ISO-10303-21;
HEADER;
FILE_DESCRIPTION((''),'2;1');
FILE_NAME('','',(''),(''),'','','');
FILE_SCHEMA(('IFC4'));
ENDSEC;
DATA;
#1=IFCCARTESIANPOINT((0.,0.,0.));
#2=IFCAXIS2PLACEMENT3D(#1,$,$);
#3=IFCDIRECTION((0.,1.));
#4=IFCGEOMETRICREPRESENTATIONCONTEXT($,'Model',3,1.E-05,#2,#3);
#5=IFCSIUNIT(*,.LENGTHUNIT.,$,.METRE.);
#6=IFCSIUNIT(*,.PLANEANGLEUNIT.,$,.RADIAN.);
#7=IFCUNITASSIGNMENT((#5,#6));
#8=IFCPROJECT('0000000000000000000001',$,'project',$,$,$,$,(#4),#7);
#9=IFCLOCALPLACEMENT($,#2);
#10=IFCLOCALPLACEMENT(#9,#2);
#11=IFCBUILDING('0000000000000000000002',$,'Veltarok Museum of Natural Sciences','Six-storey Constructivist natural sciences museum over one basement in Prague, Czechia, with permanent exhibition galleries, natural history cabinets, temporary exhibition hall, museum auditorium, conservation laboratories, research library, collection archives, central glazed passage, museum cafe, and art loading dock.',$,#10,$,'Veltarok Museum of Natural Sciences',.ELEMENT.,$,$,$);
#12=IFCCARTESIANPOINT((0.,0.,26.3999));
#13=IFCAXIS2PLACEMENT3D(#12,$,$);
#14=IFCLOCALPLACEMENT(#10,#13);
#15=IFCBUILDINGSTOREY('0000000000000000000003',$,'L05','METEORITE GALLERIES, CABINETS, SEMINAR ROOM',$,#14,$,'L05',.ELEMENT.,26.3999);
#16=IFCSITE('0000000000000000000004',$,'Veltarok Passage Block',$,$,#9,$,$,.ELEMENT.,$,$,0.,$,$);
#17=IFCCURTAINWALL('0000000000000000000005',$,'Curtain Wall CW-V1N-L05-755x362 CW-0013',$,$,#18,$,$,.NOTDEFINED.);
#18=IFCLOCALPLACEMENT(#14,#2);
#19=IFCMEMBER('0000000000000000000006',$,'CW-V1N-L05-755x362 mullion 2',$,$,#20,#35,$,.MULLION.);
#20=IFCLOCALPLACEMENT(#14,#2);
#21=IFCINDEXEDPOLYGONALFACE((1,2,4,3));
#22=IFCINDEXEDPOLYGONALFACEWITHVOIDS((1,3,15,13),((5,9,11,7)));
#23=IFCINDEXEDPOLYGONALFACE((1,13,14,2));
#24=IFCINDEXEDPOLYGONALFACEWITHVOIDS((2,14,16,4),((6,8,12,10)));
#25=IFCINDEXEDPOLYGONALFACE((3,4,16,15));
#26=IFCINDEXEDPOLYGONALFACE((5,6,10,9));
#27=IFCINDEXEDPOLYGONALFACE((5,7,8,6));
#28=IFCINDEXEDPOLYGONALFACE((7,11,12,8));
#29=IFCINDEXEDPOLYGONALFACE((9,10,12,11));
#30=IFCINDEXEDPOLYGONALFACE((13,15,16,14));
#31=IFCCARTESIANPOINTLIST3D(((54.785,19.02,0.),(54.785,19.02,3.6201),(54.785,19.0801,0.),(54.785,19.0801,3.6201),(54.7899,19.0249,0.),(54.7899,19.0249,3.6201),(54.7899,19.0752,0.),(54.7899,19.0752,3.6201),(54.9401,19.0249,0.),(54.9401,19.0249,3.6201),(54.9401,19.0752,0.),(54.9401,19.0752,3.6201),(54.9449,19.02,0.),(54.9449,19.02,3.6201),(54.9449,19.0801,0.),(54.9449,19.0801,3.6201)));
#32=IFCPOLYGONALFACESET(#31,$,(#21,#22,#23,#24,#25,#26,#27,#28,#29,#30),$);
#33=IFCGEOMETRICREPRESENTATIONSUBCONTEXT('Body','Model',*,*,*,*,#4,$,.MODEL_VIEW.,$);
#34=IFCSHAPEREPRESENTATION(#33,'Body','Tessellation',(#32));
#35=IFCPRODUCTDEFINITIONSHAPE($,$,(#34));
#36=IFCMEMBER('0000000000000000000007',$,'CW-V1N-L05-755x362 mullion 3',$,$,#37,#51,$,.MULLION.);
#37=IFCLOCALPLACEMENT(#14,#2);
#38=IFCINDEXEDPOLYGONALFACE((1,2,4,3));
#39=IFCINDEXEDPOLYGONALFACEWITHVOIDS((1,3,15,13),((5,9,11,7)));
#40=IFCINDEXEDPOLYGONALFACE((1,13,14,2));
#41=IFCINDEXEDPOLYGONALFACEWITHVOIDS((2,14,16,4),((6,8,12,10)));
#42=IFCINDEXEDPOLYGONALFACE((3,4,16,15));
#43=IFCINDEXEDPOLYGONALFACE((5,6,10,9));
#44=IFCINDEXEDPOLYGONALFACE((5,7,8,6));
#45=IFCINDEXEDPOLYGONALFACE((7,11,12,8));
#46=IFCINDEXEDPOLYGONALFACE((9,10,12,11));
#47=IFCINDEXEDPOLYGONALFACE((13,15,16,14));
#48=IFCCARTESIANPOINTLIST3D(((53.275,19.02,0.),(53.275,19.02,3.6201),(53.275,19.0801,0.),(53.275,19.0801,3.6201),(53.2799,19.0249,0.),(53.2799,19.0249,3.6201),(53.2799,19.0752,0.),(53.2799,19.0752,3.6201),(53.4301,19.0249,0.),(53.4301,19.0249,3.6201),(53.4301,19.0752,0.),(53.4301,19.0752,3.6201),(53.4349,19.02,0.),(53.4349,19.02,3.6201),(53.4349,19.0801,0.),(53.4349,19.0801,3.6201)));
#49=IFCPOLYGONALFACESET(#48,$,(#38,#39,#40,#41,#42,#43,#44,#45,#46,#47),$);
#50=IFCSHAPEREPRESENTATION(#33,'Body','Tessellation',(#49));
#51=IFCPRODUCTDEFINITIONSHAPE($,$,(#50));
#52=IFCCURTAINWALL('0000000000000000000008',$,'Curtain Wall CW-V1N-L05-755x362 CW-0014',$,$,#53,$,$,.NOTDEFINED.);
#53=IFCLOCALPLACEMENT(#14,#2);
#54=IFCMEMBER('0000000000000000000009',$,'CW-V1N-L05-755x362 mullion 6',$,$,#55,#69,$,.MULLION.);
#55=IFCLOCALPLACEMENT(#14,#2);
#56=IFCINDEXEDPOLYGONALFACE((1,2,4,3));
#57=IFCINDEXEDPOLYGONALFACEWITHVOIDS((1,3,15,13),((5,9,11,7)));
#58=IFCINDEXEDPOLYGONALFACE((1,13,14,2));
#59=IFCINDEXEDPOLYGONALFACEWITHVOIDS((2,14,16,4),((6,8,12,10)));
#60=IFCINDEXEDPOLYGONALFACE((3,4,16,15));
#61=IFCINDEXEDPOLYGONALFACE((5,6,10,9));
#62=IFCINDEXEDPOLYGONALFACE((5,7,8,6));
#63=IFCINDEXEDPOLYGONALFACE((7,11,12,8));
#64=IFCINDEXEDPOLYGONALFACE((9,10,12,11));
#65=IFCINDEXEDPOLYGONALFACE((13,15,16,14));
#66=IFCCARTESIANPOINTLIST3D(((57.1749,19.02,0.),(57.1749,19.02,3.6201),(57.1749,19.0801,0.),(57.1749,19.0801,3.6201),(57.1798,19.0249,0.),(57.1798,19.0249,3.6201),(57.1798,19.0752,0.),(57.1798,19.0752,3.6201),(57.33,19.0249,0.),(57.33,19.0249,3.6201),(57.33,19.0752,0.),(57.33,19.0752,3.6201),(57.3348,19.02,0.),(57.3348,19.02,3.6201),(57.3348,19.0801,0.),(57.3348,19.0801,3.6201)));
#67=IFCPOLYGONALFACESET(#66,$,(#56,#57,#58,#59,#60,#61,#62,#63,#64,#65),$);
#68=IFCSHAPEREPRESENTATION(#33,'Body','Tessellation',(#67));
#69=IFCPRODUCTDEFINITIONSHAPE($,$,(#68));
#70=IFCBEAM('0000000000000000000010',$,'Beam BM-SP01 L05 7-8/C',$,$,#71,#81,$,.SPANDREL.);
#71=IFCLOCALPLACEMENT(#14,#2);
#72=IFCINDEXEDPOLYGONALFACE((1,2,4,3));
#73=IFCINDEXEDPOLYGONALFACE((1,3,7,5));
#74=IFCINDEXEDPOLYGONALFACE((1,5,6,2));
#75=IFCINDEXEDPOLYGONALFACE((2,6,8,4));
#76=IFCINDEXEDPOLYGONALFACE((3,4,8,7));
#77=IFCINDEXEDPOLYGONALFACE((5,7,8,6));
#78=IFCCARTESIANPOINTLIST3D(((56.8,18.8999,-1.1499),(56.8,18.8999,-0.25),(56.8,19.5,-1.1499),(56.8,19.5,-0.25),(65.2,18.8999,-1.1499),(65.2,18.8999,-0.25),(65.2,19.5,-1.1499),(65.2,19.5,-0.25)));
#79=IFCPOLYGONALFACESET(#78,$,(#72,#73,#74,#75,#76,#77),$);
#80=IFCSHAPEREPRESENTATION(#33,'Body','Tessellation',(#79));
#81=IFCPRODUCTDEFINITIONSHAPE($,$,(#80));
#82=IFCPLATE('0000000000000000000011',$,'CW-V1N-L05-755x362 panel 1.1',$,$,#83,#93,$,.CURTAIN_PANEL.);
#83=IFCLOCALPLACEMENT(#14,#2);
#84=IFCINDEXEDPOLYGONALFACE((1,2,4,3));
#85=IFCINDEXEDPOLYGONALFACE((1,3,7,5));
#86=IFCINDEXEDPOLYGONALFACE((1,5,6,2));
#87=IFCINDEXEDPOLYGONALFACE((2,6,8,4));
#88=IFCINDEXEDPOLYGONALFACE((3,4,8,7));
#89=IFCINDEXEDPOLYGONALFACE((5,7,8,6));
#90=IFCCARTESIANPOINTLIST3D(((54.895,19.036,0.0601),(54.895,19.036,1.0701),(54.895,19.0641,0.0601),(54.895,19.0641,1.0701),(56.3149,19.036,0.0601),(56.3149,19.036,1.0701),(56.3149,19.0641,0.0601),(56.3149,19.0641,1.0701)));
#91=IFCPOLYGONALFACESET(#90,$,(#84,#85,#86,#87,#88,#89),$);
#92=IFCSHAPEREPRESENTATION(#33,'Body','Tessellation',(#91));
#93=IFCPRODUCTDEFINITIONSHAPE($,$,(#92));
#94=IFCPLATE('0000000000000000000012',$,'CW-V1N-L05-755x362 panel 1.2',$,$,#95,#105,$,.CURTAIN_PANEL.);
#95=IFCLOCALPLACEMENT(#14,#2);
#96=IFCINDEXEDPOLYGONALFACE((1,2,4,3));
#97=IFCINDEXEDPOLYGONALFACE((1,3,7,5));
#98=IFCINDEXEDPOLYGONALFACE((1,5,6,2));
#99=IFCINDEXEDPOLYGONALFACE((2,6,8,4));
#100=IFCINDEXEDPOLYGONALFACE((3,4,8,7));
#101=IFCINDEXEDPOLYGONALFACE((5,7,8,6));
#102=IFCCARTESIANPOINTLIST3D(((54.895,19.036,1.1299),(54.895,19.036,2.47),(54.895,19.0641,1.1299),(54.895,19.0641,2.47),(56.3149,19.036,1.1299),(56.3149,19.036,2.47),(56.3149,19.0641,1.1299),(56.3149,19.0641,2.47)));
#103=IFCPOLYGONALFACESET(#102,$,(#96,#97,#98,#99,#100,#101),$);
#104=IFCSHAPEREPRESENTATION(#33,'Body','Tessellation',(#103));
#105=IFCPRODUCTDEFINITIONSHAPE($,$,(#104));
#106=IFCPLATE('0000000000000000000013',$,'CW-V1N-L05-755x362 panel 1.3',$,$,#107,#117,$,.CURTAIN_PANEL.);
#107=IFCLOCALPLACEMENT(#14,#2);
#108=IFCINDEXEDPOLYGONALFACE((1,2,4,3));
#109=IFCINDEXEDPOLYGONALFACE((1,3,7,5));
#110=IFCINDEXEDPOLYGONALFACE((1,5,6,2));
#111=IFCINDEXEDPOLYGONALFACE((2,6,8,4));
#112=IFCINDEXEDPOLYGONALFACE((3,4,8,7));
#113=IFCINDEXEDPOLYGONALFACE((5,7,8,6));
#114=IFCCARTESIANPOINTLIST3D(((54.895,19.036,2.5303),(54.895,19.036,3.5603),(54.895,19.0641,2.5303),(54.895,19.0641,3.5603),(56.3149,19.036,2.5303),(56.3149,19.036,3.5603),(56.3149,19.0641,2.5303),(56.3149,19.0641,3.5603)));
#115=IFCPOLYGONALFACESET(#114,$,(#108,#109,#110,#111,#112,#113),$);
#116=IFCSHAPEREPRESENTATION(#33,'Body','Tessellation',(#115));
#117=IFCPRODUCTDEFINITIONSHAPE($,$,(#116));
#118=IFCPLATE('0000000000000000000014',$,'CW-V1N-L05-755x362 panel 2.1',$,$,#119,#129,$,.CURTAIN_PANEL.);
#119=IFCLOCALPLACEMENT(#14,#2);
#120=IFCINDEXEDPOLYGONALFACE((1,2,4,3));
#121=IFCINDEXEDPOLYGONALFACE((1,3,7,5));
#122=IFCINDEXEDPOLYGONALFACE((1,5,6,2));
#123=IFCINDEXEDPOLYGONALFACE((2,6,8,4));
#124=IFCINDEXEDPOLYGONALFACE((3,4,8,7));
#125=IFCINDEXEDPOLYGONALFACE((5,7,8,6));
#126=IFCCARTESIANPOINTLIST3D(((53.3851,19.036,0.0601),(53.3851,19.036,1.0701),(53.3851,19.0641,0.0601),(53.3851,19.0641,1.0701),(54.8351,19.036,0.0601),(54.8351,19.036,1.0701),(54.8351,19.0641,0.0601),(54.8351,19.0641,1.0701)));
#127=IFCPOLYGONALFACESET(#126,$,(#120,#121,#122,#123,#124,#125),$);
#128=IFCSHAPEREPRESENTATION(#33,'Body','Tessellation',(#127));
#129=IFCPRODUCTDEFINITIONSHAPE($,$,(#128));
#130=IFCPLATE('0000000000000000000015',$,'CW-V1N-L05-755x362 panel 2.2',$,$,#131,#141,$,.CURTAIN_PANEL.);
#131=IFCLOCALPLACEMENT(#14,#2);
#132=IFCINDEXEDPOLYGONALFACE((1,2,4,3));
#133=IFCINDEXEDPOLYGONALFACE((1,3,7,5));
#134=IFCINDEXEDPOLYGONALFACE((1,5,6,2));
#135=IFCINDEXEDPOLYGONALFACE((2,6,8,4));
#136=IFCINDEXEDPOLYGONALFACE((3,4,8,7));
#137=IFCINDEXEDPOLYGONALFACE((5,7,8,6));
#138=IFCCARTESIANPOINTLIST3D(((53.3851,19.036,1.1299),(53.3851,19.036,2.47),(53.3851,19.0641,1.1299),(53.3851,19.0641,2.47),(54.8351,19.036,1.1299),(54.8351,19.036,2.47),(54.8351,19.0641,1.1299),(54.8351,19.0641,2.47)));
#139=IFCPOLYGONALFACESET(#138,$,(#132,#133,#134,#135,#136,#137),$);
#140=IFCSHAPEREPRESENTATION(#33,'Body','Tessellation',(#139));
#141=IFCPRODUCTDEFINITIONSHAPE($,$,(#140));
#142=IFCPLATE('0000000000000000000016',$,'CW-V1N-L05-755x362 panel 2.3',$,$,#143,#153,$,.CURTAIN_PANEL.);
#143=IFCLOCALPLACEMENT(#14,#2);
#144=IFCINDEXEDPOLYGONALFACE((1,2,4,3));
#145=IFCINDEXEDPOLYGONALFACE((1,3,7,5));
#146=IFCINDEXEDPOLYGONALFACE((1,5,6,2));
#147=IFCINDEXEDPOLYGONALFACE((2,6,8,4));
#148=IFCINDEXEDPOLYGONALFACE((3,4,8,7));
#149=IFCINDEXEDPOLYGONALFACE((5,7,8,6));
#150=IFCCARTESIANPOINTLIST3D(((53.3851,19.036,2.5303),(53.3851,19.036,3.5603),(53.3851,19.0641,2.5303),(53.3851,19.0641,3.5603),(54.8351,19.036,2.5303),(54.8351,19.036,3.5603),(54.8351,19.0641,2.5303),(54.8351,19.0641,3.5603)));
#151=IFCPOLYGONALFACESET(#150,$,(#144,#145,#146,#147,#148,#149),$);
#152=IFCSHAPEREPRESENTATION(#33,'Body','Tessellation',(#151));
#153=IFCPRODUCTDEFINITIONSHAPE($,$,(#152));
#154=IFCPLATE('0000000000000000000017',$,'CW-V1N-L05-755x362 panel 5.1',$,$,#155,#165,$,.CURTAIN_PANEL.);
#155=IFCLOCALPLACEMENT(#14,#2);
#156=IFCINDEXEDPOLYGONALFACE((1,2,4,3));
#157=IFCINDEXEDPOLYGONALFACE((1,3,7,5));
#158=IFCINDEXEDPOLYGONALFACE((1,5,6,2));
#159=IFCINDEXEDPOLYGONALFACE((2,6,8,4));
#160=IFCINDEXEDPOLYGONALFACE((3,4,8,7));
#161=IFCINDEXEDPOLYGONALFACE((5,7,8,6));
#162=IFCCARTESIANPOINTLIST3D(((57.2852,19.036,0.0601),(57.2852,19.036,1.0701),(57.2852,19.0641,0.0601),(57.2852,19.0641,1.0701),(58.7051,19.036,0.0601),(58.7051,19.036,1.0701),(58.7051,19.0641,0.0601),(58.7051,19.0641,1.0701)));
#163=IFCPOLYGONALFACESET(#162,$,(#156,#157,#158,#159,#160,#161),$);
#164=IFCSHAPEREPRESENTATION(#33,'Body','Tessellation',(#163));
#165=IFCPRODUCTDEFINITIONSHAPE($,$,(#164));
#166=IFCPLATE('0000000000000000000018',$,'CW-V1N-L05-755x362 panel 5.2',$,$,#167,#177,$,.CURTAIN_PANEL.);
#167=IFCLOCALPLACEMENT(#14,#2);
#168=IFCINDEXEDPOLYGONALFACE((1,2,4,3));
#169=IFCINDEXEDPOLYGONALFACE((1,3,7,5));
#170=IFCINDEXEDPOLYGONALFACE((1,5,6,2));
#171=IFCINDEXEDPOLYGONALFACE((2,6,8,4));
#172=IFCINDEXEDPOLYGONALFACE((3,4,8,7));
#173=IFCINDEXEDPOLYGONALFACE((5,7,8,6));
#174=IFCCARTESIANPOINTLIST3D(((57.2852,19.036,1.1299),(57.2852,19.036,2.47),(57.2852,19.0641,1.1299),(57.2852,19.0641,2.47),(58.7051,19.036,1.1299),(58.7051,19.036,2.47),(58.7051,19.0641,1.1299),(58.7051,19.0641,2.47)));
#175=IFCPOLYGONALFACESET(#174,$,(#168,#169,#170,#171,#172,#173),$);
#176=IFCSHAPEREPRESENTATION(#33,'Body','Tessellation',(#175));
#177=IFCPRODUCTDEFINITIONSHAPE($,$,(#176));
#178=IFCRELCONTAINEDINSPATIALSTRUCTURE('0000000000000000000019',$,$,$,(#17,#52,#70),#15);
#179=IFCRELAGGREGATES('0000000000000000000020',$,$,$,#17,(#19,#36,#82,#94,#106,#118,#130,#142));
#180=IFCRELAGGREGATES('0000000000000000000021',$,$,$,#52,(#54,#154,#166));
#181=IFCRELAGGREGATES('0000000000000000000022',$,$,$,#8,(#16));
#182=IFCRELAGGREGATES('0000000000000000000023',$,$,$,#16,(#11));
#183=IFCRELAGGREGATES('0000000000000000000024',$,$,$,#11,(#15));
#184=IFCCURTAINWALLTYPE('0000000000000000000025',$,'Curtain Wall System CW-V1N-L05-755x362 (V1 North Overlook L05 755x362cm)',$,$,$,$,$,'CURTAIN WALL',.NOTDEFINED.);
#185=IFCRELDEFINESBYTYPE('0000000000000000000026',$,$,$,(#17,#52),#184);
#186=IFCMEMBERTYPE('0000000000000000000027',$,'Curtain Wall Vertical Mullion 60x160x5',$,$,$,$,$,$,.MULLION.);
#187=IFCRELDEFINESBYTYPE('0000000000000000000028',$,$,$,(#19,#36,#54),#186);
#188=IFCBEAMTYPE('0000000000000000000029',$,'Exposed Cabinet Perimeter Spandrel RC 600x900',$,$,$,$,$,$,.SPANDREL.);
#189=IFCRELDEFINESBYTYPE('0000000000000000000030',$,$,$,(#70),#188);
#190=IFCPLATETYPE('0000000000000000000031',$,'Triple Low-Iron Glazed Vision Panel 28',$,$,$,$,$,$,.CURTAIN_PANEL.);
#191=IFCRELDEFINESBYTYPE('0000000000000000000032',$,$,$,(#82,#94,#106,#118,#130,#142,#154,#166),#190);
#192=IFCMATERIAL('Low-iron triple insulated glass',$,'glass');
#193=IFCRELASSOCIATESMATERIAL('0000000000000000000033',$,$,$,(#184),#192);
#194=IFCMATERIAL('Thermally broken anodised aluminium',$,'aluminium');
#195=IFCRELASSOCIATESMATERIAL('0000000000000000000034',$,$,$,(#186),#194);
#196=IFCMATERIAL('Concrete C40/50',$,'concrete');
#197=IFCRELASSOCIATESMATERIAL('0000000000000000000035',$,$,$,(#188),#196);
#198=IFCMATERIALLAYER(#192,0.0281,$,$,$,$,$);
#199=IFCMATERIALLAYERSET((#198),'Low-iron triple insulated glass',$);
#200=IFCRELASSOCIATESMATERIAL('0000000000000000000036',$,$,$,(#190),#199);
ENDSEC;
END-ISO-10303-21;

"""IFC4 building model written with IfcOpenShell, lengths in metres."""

from ifc_helpers import new_model, si_unit, direction, frame, origin, origin_2d, place, context, subcontext, project, spatial, rectangle, hollow_rectangle, extrude, material, layer, layer_set, material_profile, profile_set, type_object, element, aggregate, save


model = new_model("IFC4")

# Units and contexts
model_context = context("Model", 3, precision=1e-05, world=origin(), true_north=direction((0.0, 1.0)))
body_context = subcontext(model_context, "Body", "Model", "MODEL_VIEW")
ifc_project = project(units=[si_unit("LENGTHUNIT", "METRE"), si_unit("PLANEANGLEUNIT", "RADIAN")], contexts=[model_context])

# Site, building, storey
site_placement = place(None, origin())
site = spatial("IfcSite", under=ifc_project, at=site_placement, Name="Veltarok Passage Block", CompositionType="ELEMENT", RefElevation=0.0)
building_placement = place(site_placement, origin())
building = spatial("IfcBuilding", under=site, at=building_placement, Name="Veltarok Museum of Natural Sciences", Description="Six-storey Constructivist natural sciences museum over one basement in Prague, Czechia, with permanent exhibition galleries, natural history cabinets, temporary exhibition hall, museum auditorium, conservation laboratories, research library, collection archives, central glazed passage, museum cafe, and art loading dock.", LongName="Veltarok Museum of Natural Sciences", CompositionType="ELEMENT")
storey_placement = place(building_placement, frame((0.0, 0.0, 26.3999)))
storey = spatial("IfcBuildingStorey", under=building, at=storey_placement, Name="L05", Description="METEORITE GALLERIES, CABINETS, SEMINAR ROOM", LongName="L05", CompositionType="ELEMENT", Elevation=26.3999)

# Shared definitions
ifc_material_1 = material(Name="Concrete C40/50", Category="concrete")

# Curtain wall, members
ifc_material_2 = material(Name="Low-iron triple insulated glass", Category="glass")
curtain_wall_type = type_object("IfcCurtainWallType", Name="Curtain Wall System CW-V1N-L05-755x362 (V1 North Overlook L05 755x362cm)", ElementType="CURTAIN WALL", PredefinedType="NOTDEFINED", material=ifc_material_2)
curtain_wall_1_placement = place(storey_placement, origin())
curtain_wall_1 = element("IfcCurtainWall", 1, at=curtain_wall_1_placement, inside=storey, type_object=curtain_wall_type, Name="Curtain Wall CW-V1N-L05-755x362 CW-0013", PredefinedType="NOTDEFINED")
ifc_material_3 = material(Name="Thermally broken anodised aluminium", Category="aluminium")
ifc_material_profile_1 = material_profile(ifc_material_3, hollow_rectangle(XDim=0.0601, YDim=0.1599, WallThickness=0.0049, at=origin_2d()), Name="CW MULLION 60x160x5")
ifc_profile_set_1 = profile_set([ifc_material_profile_1], Name="Thermally broken anodised aluminium")
member_type_1 = type_object("IfcMemberType", Name="Curtain Wall Vertical Mullion 60x160x5", PredefinedType="MULLION", material=ifc_profile_set_1)
member_1_placement = place(storey_placement, frame((54.865, 19.05, 0.0), z_axis=(0.0, 0.0, 1.0), x_axis=(0.0, -1.0, 0.0)))
member_1 = element("IfcMember", 2, at=member_1_placement, type_object=member_type_1, Name="CW-V1N-L05-755x362 mullion 2", PredefinedType="MULLION", context=body_context, shape_type="SweptSolid", body=[
    extrude(hollow_rectangle(XDim=0.0601, YDim=0.1599, WallThickness=0.0049, at=origin_2d()), origin(), (0.0, 0.0, 1.0), 3.6201),
])
member_2_placement = place(storey_placement, frame((53.355, 19.05, 0.0), z_axis=(0.0, 0.0, 1.0), x_axis=(0.0, -1.0, 0.0)))
member_2 = element("IfcMember", 3, at=member_2_placement, type_object=member_type_1, Name="CW-V1N-L05-755x362 mullion 3", PredefinedType="MULLION", context=body_context, shape_type="SweptSolid", body=[
    extrude(hollow_rectangle(XDim=0.0601, YDim=0.1599, WallThickness=0.0049, at=origin_2d()), origin(), (0.0, 0.0, 1.0), 3.6201),
])

# Curtain wall, member
curtain_wall_2_placement = place(storey_placement, origin())
curtain_wall_2 = element("IfcCurtainWall", 4, at=curtain_wall_2_placement, inside=storey, type_object=curtain_wall_type, Name="Curtain Wall CW-V1N-L05-755x362 CW-0014", PredefinedType="NOTDEFINED")
member_3_placement = place(storey_placement, frame((57.2549, 19.05, 0.0), z_axis=(0.0, 0.0, 1.0), x_axis=(0.0, -1.0, 0.0)))
member_3 = element("IfcMember", 5, at=member_3_placement, type_object=member_type_1, Name="CW-V1N-L05-755x362 mullion 6", PredefinedType="MULLION", context=body_context, shape_type="SweptSolid", body=[
    extrude(hollow_rectangle(XDim=0.0601, YDim=0.1599, WallThickness=0.0049, at=origin_2d()), origin(), (0.0, 0.0, 1.0), 3.6201),
])

# Beam
ifc_material_profile_2 = material_profile(ifc_material_1, rectangle(XDim=0.6001, YDim=0.8999, at=origin_2d()), Name="RC 600x900")
ifc_profile_set_2 = profile_set([ifc_material_profile_2], Name="Concrete C40/50")
beam_type = type_object("IfcBeamType", Name="Exposed Cabinet Perimeter Spandrel RC 600x900", PredefinedType="SPANDREL", material=ifc_profile_set_2)
beam_placement = place(storey_placement, frame((56.8, 19.2, -0.7), z_axis=(1.0, 0.0, 0.0), x_axis=(0.0, 1.0, 0.0)))
element("IfcBeam", 6, at=beam_placement, inside=storey, type_object=beam_type, Name="Beam BM-SP01 L05 7-8/C", PredefinedType="SPANDREL", context=body_context, shape_type="SweptSolid", body=[
    extrude(rectangle(XDim=0.6001, YDim=0.8999, at=origin_2d()), origin(), (0.0, 0.0, 1.0), 8.3999),
])

# Plates
ifc_layer = layer(ifc_material_2, 0.0281)
ifc_layer_set = layer_set([ifc_layer], Name="Low-iron triple insulated glass")
plate_type = type_object("IfcPlateType", Name="Triple Low-Iron Glazed Vision Panel 28", PredefinedType="CURTAIN_PANEL", material=ifc_layer_set)
plate_1_placement = place(storey_placement, frame((55.605, 19.05, 0.0601), z_axis=(0.0, 0.0, 1.0), x_axis=(-1.0, 0.0, 0.0)))
plate_1 = element("IfcPlate", 7, at=plate_1_placement, type_object=plate_type, Name="CW-V1N-L05-755x362 panel 1.1", PredefinedType="CURTAIN_PANEL", context=body_context, shape_type="SweptSolid", body=[
    extrude(rectangle(XDim=1.4199, YDim=0.0281, at=origin_2d()), origin(), (0.0, 0.0, 1.0), 1.01),
])
plate_2_placement = place(storey_placement, frame((55.605, 19.05, 1.1299), z_axis=(0.0, 0.0, 1.0), x_axis=(-1.0, 0.0, 0.0)))
plate_2 = element("IfcPlate", 8, at=plate_2_placement, type_object=plate_type, Name="CW-V1N-L05-755x362 panel 1.2", PredefinedType="CURTAIN_PANEL", context=body_context, shape_type="SweptSolid", body=[
    extrude(rectangle(XDim=1.4199, YDim=0.0281, at=origin_2d()), origin(), (0.0, 0.0, 1.0), 1.3401),
])
plate_3_placement = place(storey_placement, frame((55.605, 19.05, 2.5303), z_axis=(0.0, 0.0, 1.0), x_axis=(-1.0, 0.0, 0.0)))
plate_3 = element("IfcPlate", 9, at=plate_3_placement, type_object=plate_type, Name="CW-V1N-L05-755x362 panel 1.3", PredefinedType="CURTAIN_PANEL", context=body_context, shape_type="SweptSolid", body=[
    extrude(rectangle(XDim=1.4199, YDim=0.0281, at=origin_2d()), origin(), (0.0, 0.0, 1.0), 1.03),
])
plate_4_placement = place(storey_placement, frame((54.1101, 19.05, 0.0601), z_axis=(0.0, 0.0, 1.0), x_axis=(-1.0, 0.0, 0.0)))
plate_4 = element("IfcPlate", 10, at=plate_4_placement, type_object=plate_type, Name="CW-V1N-L05-755x362 panel 2.1", PredefinedType="CURTAIN_PANEL", context=body_context, shape_type="SweptSolid", body=[
    extrude(rectangle(XDim=1.45, YDim=0.0281, at=origin_2d()), origin(), (0.0, 0.0, 1.0), 1.01),
])
plate_5_placement = place(storey_placement, frame((54.1101, 19.05, 1.1299), z_axis=(0.0, 0.0, 1.0), x_axis=(-1.0, 0.0, 0.0)))
plate_5 = element("IfcPlate", 11, at=plate_5_placement, type_object=plate_type, Name="CW-V1N-L05-755x362 panel 2.2", PredefinedType="CURTAIN_PANEL", context=body_context, shape_type="SweptSolid", body=[
    extrude(rectangle(XDim=1.45, YDim=0.0281, at=origin_2d()), origin(), (0.0, 0.0, 1.0), 1.3401),
])
plate_6_placement = place(storey_placement, frame((54.1101, 19.05, 2.5303), z_axis=(0.0, 0.0, 1.0), x_axis=(-1.0, 0.0, 0.0)))
plate_6 = element("IfcPlate", 12, at=plate_6_placement, type_object=plate_type, Name="CW-V1N-L05-755x362 panel 2.3", PredefinedType="CURTAIN_PANEL", context=body_context, shape_type="SweptSolid", body=[
    extrude(rectangle(XDim=1.45, YDim=0.0281, at=origin_2d()), origin(), (0.0, 0.0, 1.0), 1.03),
])
aggregate(curtain_wall_1, [member_1, member_2, plate_1, plate_2, plate_3, plate_4, plate_5, plate_6])
plate_7_placement = place(storey_placement, frame((57.9951, 19.05, 0.0601), z_axis=(0.0, 0.0, 1.0), x_axis=(-1.0, 0.0, 0.0)))
plate_7 = element("IfcPlate", 13, at=plate_7_placement, type_object=plate_type, Name="CW-V1N-L05-755x362 panel 5.1", PredefinedType="CURTAIN_PANEL", context=body_context, shape_type="SweptSolid", body=[
    extrude(rectangle(XDim=1.4199, YDim=0.0281, at=origin_2d()), origin(), (0.0, 0.0, 1.0), 1.01),
])
plate_8_placement = place(storey_placement, frame((57.9951, 19.05, 1.1299), z_axis=(0.0, 0.0, 1.0), x_axis=(-1.0, 0.0, 0.0)))
plate_8 = element("IfcPlate", 14, at=plate_8_placement, type_object=plate_type, Name="CW-V1N-L05-755x362 panel 5.2", PredefinedType="CURTAIN_PANEL", context=body_context, shape_type="SweptSolid", body=[
    extrude(rectangle(XDim=1.4199, YDim=0.0281, at=origin_2d()), origin(), (0.0, 0.0, 1.0), 1.3401),
])
aggregate(curtain_wall_2, [member_3, plate_7, plate_8])

save(model, "model.ifc")
